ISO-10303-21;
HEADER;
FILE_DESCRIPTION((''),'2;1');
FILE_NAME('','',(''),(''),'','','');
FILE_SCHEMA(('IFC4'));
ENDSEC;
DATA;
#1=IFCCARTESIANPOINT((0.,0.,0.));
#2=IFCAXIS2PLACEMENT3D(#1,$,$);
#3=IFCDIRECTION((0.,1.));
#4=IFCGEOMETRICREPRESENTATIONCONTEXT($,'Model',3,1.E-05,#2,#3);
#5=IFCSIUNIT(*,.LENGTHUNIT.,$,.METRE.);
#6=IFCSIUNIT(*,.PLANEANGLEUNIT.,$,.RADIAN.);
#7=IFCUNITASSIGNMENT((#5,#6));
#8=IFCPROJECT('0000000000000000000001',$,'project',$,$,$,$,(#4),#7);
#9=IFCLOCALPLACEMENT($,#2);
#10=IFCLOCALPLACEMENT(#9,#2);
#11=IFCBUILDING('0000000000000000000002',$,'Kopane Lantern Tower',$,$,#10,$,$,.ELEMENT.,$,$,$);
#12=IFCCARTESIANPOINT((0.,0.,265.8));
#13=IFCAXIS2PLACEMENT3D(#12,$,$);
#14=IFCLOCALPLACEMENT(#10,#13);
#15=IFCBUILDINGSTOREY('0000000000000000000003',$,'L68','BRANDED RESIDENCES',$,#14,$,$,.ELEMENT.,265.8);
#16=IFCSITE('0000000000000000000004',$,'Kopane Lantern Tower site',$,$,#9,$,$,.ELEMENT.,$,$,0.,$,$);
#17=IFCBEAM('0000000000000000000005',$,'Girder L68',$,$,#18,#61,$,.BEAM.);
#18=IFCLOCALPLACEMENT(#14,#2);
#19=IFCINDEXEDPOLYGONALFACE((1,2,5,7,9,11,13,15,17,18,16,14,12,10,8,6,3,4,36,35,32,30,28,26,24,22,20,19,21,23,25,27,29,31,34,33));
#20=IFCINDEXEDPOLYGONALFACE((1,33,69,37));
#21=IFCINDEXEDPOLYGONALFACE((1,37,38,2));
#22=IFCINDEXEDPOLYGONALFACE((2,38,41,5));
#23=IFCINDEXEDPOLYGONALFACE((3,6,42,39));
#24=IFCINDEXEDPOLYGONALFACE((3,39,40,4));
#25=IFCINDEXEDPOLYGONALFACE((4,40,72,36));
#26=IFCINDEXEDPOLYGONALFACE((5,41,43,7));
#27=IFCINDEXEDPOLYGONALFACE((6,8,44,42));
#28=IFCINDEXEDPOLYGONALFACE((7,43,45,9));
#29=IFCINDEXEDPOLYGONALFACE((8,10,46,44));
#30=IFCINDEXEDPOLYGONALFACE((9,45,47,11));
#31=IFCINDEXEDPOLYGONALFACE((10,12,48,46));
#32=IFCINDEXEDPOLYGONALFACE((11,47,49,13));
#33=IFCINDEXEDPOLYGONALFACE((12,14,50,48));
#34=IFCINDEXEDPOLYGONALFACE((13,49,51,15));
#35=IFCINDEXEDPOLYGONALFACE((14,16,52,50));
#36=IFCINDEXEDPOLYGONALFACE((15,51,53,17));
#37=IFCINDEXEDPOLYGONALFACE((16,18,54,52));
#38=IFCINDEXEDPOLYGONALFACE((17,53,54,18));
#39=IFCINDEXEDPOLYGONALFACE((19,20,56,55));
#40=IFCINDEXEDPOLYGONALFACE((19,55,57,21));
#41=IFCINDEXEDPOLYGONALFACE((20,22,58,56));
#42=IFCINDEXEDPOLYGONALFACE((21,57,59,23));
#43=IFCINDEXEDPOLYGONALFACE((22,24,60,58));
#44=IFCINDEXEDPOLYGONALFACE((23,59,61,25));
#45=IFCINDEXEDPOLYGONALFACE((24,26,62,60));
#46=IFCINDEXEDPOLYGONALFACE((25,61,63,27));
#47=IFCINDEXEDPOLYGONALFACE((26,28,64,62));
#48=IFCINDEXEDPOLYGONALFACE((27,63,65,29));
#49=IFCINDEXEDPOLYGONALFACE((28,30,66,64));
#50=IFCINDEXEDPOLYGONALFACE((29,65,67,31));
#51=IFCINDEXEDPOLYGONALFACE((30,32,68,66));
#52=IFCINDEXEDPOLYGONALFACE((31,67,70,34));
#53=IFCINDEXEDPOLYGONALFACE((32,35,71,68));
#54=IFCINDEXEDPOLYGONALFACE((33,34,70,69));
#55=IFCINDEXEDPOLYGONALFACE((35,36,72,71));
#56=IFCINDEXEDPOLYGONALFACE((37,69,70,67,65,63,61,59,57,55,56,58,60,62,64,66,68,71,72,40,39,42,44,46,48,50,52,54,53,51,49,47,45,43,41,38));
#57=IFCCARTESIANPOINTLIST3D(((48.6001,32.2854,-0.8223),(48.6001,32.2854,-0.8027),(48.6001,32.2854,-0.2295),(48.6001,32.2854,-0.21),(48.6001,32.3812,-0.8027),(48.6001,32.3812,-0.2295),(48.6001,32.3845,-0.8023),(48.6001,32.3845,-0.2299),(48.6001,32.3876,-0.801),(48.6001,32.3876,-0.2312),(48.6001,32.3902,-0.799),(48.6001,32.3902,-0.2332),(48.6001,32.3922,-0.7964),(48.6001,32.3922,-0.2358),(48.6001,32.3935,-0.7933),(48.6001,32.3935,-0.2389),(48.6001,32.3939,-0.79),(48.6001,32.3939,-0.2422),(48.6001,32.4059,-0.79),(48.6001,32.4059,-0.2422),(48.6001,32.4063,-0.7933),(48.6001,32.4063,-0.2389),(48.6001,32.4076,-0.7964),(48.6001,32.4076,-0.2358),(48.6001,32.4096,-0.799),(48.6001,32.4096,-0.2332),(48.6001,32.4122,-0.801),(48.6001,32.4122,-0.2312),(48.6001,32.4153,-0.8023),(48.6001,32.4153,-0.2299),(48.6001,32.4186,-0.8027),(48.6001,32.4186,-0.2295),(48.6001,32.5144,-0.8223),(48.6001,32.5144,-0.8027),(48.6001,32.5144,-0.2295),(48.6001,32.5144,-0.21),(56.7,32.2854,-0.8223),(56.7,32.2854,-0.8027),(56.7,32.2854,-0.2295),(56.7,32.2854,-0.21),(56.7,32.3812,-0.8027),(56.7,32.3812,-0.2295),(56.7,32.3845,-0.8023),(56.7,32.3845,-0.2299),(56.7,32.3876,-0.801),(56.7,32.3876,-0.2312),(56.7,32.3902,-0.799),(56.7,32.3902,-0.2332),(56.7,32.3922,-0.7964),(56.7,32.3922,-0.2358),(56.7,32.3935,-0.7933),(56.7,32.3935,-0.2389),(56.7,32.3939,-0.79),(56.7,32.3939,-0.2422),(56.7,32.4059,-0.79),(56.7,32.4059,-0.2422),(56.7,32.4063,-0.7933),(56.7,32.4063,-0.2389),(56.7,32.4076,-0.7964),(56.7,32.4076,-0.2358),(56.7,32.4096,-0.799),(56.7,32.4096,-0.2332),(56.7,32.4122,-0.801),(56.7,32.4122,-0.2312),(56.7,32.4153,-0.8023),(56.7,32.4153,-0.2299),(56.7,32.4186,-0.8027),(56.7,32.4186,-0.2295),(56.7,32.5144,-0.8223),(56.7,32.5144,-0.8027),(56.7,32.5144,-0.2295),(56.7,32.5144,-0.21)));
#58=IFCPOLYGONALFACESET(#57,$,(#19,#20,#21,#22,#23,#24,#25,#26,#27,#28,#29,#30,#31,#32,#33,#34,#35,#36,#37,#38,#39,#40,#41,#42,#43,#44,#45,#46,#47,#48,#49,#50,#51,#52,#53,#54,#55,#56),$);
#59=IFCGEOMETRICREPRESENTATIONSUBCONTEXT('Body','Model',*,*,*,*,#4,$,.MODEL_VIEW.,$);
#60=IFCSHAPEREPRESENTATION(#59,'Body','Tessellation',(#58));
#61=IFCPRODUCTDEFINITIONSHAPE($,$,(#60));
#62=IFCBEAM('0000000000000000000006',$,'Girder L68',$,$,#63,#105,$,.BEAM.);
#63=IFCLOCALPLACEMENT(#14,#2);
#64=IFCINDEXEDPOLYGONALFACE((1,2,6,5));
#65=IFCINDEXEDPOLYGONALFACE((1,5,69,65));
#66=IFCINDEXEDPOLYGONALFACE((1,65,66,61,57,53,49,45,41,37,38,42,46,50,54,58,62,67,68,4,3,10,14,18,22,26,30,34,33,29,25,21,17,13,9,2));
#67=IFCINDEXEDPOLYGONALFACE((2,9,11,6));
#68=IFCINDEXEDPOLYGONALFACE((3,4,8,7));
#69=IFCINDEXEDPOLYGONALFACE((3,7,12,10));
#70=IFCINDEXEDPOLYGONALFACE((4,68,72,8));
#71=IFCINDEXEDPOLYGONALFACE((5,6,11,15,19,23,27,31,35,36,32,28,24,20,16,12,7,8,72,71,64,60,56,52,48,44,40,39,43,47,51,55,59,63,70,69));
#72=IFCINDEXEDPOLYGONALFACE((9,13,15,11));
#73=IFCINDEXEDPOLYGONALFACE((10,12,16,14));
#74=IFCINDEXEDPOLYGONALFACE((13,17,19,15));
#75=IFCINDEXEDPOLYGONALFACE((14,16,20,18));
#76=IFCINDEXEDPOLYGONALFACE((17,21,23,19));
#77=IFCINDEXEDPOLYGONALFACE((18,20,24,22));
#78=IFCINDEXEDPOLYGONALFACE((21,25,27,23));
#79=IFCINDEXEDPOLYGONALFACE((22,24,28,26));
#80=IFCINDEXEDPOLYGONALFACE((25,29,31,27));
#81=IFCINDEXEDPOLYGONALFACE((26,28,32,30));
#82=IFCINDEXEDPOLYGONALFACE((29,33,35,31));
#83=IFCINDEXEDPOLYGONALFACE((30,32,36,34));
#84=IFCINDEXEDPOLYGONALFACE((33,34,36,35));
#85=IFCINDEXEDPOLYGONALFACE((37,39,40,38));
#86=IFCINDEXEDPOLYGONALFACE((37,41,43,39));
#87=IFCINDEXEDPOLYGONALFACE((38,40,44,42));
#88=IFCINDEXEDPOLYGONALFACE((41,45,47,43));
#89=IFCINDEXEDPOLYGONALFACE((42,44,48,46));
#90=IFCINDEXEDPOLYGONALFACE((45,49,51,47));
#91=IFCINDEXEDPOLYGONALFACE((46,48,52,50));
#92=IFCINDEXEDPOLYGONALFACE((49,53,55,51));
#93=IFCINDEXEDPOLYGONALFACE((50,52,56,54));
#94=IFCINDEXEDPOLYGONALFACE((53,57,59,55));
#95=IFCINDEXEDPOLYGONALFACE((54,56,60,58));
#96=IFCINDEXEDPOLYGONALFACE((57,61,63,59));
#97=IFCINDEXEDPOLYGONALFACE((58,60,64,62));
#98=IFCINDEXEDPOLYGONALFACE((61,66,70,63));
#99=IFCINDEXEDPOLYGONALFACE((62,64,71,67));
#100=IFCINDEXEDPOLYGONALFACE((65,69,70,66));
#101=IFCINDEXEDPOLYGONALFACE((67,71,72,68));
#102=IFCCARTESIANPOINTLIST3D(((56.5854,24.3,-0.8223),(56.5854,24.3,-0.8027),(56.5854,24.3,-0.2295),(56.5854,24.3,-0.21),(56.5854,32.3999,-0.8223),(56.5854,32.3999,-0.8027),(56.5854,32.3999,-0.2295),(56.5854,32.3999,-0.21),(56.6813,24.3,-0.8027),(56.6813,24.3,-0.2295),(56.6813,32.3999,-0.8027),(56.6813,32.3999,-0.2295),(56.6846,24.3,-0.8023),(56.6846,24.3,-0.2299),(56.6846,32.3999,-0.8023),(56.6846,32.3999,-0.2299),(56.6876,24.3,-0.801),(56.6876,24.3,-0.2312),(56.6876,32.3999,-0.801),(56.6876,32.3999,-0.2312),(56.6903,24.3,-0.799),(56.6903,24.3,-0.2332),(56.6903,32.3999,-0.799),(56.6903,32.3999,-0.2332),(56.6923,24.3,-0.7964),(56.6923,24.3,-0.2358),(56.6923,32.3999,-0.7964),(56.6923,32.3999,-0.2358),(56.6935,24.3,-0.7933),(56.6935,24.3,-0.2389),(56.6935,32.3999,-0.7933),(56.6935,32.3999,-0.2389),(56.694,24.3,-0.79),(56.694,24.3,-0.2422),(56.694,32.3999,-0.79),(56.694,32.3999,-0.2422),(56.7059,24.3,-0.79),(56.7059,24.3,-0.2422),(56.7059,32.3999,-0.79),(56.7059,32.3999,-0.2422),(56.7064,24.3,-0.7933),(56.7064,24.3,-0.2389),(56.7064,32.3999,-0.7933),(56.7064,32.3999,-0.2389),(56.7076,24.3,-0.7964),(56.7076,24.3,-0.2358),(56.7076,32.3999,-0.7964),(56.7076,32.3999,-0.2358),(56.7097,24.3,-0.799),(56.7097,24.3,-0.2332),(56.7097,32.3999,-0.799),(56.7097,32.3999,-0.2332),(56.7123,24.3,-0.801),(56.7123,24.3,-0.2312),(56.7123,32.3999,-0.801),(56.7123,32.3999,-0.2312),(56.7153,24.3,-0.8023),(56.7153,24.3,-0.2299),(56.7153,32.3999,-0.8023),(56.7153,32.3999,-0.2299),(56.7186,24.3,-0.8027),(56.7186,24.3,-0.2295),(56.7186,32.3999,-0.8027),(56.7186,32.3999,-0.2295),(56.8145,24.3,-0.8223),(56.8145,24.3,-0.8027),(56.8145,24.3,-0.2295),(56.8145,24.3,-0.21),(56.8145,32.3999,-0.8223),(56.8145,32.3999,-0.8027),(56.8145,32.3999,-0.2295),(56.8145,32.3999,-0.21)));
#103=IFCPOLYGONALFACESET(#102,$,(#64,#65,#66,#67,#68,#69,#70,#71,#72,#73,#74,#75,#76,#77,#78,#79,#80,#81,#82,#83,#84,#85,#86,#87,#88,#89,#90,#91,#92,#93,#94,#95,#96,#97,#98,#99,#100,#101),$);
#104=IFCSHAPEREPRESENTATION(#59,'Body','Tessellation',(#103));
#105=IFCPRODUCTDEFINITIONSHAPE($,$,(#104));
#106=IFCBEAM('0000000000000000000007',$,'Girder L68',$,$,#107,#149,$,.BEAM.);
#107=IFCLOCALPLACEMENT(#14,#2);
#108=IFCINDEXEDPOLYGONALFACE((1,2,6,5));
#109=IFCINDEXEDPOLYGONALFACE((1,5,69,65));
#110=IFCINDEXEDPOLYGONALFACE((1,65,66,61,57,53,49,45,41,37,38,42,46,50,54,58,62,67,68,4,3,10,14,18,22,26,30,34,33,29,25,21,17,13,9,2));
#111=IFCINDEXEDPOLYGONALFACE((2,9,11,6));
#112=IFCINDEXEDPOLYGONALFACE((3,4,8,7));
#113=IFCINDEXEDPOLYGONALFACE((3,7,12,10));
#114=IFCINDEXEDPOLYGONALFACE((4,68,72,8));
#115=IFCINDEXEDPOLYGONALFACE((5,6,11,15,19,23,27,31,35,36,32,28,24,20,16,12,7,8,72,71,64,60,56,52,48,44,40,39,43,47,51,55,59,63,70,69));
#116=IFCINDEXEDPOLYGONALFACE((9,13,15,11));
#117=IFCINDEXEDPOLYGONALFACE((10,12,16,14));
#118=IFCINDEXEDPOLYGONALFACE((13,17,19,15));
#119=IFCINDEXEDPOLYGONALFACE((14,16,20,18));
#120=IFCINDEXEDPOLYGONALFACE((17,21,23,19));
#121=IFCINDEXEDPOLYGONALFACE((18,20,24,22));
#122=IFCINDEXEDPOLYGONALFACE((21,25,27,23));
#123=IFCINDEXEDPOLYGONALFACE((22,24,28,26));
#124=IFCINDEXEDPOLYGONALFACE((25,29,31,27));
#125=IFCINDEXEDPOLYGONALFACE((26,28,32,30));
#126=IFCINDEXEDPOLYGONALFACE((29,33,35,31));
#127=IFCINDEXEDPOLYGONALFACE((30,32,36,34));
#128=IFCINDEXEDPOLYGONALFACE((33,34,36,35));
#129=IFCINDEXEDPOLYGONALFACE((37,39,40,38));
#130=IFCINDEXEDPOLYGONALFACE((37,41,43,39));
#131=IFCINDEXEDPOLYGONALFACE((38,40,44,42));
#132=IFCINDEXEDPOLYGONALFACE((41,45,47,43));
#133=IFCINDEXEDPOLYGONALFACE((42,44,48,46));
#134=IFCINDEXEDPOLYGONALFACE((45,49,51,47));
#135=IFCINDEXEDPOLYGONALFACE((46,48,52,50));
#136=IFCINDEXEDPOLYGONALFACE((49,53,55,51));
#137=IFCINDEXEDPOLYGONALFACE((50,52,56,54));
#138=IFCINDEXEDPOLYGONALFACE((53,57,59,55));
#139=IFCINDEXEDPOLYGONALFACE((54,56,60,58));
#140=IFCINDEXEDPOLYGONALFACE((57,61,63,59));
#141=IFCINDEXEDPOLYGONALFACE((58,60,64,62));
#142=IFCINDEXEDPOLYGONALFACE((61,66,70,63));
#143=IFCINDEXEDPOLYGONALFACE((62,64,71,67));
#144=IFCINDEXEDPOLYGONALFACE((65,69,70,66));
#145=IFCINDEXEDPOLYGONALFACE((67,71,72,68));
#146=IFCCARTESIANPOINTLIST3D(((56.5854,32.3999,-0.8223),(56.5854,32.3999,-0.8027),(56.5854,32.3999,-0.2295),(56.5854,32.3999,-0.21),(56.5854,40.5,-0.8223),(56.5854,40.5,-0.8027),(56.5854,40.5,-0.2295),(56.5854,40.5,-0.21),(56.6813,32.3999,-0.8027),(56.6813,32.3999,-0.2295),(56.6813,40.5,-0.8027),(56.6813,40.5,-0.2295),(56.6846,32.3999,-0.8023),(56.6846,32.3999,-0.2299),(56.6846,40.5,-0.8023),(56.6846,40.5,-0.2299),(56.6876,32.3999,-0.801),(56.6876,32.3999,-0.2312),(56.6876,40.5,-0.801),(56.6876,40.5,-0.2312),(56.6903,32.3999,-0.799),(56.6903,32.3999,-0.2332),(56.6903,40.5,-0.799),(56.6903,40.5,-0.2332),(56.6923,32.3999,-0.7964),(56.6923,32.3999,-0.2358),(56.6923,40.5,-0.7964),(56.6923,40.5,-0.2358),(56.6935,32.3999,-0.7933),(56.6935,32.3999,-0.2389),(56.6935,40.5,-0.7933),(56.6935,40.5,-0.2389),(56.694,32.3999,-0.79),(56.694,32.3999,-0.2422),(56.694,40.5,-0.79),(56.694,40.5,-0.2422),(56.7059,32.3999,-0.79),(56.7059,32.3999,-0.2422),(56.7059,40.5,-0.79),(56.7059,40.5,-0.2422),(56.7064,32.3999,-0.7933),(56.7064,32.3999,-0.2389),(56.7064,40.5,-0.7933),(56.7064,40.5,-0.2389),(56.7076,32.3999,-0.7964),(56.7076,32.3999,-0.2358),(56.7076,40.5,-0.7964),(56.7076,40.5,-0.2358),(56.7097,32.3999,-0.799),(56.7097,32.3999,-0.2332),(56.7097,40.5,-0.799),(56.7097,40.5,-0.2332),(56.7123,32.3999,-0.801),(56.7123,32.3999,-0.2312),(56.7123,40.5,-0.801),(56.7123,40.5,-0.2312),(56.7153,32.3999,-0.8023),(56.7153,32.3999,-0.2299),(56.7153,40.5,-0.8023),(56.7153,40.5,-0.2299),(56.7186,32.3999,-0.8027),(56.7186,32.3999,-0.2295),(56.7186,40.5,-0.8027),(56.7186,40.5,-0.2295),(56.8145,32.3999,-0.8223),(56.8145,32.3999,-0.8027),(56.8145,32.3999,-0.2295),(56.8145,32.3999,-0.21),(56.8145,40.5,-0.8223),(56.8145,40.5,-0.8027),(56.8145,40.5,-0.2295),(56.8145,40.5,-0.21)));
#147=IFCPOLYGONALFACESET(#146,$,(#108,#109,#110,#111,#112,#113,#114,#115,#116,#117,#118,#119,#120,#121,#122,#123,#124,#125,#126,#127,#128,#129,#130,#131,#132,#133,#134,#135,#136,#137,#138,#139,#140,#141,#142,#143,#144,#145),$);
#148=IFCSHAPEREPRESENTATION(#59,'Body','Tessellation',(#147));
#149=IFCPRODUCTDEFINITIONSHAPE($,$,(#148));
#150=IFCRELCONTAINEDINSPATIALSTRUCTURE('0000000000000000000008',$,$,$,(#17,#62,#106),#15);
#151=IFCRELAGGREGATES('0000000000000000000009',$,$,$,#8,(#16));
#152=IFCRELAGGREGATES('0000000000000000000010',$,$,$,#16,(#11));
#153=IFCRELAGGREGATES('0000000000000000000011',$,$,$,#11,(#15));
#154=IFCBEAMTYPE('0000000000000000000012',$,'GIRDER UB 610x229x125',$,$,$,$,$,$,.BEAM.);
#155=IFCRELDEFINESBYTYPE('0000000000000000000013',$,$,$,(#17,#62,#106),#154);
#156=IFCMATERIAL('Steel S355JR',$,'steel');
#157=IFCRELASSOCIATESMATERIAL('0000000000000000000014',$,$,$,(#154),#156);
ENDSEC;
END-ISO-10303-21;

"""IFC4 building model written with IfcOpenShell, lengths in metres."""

from ifc_helpers import new_model, si_unit, direction, frame, origin, origin_2d, place, context, subcontext, project, spatial, i_section, extrude, material, material_profile, profile_set, type_object, element, save


model = new_model("IFC4")

# Units and contexts
model_context = context("Model", 3, precision=1e-05, world=origin(), true_north=direction((0.0, 1.0)))
body_context = subcontext(model_context, "Body", "Model", "MODEL_VIEW")
ifc_project = project(units=[si_unit("LENGTHUNIT", "METRE"), si_unit("PLANEANGLEUNIT", "RADIAN")], contexts=[model_context])

# Site, building, storey
site_placement = place(None, origin())
site = spatial("IfcSite", under=ifc_project, at=site_placement, Name="Kopane Lantern Tower site", CompositionType="ELEMENT", RefElevation=0.0)
building_placement = place(site_placement, origin())
building = spatial("IfcBuilding", under=site, at=building_placement, Name="Kopane Lantern Tower", CompositionType="ELEMENT")
storey_placement = place(building_placement, frame((0.0, 0.0, 265.8)))
storey = spatial("IfcBuildingStorey", under=building, at=storey_placement, Name="L68", Description="BRANDED RESIDENCES", CompositionType="ELEMENT", Elevation=265.8)

# Beams
ifc_material_1 = material(Name="Steel S355JR", Category="steel")
ifc_material_profile_1 = material_profile(ifc_material_1, i_section(OverallWidth=0.229, OverallDepth=0.6123, WebThickness=0.012, FlangeThickness=0.0195, FilletRadius=0.0127, at=origin_2d()), Name="UB 610x229x125")
ifc_profile_set_1 = profile_set([ifc_material_profile_1], Name="Steel S355JR")
beam_type = type_object("IfcBeamType", Name="GIRDER UB 610x229x125", PredefinedType="BEAM", material=ifc_profile_set_1)
for number, where, z_axis, x_axis, name in (
    (1, (48.6001, 32.3999, -0.5161), (1.0, 0.0, 0.0), (0.0, 1.0, 0.0), "Girder L68"),
    (2, (56.7, 24.3, -0.5161), (0.0, 1.0, 0.0), (-1.0, 0.0, 0.0), "Girder L68"),
):
    element("IfcBeam", number, at=place(storey_placement, frame(where, z_axis=z_axis, x_axis=x_axis)), inside=storey, type_object=beam_type, Name=name, PredefinedType="BEAM", context=body_context, shape_type="SweptSolid", body=[
        extrude(i_section(OverallWidth=0.229, OverallDepth=0.6123, WebThickness=0.012, FlangeThickness=0.0195, FilletRadius=0.0127, at=origin_2d()), origin(), (0.0, 0.0, 1.0), 8.0999),
    ])
beam_1_placement = place(storey_placement, frame((56.7, 32.3999, -0.5161), z_axis=(0.0, 1.0, 0.0), x_axis=(-1.0, 0.0, 0.0)))
element("IfcBeam", 3, at=beam_1_placement, inside=storey, type_object=beam_type, Name="Girder L68", PredefinedType="BEAM", context=body_context, shape_type="SweptSolid", body=[
    extrude(i_section(OverallWidth=0.229, OverallDepth=0.6123, WebThickness=0.012, FlangeThickness=0.0195, FilletRadius=0.0127, at=origin_2d()), origin(), (0.0, 0.0, 1.0), 8.1001),
])

save(model, "model.ifc")
